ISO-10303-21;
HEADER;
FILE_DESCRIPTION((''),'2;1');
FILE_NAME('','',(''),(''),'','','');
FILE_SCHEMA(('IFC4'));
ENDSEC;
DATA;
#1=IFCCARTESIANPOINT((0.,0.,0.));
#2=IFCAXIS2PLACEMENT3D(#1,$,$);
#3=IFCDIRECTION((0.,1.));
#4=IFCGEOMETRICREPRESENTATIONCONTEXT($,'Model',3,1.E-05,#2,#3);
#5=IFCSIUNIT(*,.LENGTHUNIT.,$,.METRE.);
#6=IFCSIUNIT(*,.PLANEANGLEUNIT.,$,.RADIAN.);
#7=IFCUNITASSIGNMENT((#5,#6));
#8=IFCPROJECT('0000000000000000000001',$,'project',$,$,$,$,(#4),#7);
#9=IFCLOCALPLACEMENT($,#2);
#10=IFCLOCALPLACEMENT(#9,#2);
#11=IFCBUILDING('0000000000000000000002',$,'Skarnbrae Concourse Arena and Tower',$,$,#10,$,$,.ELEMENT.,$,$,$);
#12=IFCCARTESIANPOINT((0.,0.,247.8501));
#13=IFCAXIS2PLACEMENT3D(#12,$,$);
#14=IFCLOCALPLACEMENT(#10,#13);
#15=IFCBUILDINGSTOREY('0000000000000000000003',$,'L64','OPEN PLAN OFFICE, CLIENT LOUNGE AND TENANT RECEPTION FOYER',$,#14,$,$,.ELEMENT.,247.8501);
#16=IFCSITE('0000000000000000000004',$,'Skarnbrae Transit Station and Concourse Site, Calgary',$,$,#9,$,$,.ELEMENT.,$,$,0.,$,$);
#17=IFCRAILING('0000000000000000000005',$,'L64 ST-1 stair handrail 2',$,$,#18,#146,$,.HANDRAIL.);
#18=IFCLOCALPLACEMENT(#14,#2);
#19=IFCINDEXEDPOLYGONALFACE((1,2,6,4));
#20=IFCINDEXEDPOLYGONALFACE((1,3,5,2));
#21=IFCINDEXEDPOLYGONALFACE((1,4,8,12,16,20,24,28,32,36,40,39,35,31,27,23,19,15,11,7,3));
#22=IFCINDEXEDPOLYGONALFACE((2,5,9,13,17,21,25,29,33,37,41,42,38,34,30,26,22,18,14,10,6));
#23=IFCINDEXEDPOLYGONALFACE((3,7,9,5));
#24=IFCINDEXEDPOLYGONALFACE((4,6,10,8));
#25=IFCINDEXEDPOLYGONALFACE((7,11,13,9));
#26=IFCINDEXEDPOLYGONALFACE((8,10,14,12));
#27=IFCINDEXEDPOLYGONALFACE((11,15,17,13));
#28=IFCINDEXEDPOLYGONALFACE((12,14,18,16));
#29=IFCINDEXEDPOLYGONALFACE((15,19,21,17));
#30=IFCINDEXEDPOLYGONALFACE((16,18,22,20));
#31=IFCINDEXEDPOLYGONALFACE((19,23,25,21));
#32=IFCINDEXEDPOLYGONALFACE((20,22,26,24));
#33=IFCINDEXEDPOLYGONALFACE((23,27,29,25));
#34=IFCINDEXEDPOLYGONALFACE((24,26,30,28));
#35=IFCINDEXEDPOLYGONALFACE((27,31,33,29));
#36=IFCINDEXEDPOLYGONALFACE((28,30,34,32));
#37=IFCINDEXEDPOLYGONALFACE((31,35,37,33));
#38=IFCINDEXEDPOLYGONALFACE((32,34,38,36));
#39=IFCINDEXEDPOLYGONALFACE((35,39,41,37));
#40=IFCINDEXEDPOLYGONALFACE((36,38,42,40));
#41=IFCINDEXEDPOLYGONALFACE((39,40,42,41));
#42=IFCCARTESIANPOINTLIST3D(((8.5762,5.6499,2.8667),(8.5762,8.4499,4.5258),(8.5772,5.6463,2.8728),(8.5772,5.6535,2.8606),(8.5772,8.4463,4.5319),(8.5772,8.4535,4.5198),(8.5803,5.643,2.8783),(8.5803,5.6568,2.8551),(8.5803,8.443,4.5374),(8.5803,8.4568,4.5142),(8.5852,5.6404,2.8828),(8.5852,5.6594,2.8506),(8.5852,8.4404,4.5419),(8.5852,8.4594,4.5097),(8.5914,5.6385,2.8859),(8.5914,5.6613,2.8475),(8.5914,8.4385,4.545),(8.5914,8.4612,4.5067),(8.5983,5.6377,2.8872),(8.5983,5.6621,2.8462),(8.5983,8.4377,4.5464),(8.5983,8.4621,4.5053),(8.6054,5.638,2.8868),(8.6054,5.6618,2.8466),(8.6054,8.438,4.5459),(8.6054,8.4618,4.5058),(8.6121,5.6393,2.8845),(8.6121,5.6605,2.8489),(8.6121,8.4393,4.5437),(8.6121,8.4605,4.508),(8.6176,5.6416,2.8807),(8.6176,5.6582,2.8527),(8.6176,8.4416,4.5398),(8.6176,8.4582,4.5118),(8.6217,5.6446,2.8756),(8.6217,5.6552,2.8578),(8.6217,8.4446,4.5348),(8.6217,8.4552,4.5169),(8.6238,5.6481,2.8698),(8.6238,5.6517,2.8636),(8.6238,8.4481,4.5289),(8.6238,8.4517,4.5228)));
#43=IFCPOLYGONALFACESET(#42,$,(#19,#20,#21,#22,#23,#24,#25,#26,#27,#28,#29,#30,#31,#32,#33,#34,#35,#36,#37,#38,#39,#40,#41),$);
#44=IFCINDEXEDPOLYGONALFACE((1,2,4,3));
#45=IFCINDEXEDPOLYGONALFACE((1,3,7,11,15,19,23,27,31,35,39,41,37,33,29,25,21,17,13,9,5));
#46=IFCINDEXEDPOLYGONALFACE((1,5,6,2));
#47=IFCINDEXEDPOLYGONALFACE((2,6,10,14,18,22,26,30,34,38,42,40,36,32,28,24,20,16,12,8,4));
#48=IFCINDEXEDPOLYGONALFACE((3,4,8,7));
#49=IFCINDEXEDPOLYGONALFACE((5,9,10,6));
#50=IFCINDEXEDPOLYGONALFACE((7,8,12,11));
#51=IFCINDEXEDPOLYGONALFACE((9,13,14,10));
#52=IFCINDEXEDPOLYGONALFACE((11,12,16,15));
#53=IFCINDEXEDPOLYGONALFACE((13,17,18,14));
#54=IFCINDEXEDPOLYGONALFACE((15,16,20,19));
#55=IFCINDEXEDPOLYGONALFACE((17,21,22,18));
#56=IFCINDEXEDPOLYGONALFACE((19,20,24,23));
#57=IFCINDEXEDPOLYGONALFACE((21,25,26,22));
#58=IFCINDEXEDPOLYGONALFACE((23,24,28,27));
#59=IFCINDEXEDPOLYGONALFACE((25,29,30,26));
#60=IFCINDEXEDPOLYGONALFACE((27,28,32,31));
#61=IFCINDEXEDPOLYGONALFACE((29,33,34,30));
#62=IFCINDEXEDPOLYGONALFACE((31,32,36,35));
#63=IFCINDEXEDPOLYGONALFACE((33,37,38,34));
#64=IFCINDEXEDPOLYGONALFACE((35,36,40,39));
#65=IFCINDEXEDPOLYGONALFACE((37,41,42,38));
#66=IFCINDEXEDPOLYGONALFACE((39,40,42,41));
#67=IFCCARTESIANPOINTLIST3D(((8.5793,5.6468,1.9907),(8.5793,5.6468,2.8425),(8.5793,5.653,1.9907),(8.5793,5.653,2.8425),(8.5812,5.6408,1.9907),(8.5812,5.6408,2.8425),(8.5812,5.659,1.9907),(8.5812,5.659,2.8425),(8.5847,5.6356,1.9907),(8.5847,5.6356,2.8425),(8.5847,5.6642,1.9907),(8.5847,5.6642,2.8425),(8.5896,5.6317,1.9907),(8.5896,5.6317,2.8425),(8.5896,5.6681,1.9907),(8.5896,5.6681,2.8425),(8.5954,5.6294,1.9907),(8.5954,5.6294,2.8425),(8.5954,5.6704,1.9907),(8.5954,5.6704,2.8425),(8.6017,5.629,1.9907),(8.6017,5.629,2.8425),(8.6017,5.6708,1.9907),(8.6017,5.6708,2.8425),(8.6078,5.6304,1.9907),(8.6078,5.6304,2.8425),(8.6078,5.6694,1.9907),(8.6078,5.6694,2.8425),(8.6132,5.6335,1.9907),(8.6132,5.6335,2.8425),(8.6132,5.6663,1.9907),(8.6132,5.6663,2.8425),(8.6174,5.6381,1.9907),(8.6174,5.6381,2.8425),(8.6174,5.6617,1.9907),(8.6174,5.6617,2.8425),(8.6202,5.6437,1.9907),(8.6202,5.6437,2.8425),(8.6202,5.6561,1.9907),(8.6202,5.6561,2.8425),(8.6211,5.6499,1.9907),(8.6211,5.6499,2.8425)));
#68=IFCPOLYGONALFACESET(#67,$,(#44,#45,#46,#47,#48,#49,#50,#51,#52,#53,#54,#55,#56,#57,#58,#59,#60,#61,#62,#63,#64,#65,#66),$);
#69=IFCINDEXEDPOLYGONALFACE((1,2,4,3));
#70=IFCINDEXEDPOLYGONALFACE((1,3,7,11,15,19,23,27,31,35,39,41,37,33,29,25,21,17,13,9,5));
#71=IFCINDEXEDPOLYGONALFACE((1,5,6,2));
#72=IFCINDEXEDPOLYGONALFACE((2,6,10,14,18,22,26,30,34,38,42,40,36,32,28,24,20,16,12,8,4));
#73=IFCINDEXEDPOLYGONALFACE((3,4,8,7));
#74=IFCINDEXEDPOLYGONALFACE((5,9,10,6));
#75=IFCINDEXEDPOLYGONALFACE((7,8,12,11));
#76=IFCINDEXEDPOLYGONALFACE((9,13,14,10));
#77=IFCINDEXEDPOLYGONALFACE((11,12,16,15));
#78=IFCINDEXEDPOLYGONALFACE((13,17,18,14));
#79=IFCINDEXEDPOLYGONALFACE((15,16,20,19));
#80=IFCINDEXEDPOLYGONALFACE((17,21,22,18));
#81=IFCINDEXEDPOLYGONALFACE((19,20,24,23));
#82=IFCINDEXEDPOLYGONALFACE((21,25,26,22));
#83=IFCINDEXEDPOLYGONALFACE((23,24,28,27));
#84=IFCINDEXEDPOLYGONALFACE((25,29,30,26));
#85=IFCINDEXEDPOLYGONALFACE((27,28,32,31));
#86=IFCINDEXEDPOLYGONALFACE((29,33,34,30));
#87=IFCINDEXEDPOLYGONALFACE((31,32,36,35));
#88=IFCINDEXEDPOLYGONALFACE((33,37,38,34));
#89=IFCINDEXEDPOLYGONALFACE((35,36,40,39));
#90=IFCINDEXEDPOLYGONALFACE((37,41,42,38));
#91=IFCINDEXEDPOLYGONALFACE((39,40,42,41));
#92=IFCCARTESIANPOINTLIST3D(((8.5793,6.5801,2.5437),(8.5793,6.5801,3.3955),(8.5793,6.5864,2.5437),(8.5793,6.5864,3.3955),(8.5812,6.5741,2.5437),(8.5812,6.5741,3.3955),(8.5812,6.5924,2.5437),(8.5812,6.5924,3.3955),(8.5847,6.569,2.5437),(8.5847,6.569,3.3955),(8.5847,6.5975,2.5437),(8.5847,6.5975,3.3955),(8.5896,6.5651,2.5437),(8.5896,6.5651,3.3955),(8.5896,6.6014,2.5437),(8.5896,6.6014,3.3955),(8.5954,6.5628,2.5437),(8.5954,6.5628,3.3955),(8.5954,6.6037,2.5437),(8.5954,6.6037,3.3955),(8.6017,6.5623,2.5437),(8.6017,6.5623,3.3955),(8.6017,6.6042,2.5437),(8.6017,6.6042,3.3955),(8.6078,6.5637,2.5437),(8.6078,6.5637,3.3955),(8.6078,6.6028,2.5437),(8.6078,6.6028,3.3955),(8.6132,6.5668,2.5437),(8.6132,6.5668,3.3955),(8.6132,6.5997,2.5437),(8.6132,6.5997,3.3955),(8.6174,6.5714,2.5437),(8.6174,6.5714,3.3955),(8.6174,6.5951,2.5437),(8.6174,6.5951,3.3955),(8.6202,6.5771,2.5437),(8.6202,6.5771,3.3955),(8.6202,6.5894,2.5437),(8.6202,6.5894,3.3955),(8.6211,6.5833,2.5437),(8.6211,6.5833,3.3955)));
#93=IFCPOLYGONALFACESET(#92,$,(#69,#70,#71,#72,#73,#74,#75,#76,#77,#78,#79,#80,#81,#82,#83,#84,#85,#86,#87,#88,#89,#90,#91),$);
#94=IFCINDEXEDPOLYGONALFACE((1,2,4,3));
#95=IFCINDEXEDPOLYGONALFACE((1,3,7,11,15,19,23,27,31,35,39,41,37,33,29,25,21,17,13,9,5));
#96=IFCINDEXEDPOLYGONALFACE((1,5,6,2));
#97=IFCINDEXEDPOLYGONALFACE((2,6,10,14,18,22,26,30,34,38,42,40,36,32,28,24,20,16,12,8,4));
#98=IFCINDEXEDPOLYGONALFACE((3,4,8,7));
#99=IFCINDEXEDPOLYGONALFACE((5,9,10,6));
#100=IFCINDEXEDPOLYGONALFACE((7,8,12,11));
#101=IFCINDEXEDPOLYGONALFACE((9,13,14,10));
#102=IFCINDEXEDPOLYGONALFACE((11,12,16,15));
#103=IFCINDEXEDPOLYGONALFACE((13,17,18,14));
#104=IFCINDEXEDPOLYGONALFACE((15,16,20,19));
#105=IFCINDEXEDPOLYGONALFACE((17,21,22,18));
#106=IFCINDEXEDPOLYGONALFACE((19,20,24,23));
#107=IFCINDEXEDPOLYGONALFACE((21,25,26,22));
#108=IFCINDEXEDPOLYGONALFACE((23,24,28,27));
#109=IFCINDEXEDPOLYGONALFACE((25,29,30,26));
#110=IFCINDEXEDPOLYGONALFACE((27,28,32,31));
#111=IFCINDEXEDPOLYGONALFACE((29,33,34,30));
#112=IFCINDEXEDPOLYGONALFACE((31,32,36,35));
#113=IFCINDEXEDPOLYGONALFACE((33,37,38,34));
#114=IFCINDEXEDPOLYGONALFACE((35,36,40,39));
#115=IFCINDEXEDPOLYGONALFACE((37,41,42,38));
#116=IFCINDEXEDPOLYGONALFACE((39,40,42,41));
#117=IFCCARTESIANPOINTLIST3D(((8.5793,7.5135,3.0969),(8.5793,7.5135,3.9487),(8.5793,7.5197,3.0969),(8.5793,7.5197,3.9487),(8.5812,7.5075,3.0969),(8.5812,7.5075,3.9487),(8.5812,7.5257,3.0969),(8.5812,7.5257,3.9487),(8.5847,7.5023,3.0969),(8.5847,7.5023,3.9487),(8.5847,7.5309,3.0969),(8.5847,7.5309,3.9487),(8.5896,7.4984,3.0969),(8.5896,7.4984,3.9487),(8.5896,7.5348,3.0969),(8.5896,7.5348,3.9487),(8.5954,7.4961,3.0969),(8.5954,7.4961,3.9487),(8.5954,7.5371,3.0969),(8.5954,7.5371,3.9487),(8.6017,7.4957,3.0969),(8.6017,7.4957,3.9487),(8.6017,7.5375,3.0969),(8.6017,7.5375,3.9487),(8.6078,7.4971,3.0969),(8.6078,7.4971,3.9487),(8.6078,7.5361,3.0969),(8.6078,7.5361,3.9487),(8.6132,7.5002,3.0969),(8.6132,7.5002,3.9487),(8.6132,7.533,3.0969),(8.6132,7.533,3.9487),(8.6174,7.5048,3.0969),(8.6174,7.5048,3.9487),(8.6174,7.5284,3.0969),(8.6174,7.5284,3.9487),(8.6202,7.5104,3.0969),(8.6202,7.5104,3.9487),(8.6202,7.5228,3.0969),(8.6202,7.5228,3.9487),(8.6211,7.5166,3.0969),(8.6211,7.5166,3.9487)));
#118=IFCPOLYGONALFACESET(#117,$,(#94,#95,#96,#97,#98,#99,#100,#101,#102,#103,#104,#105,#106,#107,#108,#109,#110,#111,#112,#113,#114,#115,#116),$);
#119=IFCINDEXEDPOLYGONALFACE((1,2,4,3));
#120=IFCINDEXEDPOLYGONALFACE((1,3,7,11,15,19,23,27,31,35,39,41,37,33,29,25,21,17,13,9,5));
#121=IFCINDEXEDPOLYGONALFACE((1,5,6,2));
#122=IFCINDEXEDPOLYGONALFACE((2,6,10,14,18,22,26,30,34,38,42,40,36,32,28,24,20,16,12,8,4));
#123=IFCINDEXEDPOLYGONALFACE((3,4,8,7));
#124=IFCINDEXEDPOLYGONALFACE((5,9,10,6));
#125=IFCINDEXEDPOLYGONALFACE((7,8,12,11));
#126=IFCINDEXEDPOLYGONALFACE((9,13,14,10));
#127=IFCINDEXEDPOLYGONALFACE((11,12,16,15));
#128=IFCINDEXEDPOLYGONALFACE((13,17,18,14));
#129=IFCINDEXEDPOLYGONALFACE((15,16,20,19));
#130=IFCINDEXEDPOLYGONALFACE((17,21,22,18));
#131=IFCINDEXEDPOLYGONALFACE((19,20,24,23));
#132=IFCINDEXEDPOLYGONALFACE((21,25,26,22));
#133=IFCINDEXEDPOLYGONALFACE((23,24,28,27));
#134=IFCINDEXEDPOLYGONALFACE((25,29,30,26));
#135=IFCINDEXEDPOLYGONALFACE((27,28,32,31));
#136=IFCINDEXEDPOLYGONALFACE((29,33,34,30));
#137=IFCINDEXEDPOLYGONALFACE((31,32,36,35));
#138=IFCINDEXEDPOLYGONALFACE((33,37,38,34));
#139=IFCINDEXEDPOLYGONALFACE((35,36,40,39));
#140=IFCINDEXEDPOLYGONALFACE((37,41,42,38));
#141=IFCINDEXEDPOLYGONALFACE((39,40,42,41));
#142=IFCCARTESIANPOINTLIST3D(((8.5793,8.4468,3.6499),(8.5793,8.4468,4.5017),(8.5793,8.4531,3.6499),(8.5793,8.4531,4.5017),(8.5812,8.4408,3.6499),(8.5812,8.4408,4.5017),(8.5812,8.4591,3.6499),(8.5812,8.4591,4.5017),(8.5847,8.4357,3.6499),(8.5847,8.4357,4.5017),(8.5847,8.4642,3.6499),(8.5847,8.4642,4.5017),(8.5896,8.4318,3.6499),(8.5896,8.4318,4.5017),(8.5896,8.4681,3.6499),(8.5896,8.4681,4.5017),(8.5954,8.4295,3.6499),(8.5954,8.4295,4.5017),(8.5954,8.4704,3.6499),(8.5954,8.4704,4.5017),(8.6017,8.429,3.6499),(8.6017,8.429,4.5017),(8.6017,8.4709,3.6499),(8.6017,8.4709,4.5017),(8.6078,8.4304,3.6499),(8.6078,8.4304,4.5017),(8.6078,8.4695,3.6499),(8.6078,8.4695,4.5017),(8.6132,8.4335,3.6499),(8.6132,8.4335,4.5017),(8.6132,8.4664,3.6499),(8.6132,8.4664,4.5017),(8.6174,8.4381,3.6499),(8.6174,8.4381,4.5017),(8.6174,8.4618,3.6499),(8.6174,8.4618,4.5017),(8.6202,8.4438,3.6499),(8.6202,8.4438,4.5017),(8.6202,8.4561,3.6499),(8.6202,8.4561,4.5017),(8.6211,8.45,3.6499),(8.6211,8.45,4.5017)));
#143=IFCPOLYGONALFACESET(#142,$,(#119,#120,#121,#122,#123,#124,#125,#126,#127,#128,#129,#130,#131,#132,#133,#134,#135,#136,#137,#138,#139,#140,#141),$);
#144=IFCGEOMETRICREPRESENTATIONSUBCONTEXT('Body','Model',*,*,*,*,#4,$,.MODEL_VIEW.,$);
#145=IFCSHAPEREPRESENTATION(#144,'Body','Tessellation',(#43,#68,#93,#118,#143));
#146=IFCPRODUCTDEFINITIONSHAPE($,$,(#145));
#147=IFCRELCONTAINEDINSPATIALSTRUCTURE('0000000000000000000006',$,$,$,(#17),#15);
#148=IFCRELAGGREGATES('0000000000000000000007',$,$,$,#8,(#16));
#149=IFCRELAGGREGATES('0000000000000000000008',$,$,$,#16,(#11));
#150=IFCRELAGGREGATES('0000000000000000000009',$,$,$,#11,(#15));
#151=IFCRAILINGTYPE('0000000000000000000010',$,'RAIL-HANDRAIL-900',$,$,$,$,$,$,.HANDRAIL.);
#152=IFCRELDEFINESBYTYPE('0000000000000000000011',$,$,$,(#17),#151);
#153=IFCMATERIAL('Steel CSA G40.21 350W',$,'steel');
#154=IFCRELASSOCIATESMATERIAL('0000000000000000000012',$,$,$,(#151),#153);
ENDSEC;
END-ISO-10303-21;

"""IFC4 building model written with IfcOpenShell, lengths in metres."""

from ifc_helpers import new_model, si_unit, direction, frame, origin, origin_2d, place, context, subcontext, project, spatial, circle, extrude, material, type_object, element, save


model = new_model("IFC4")

# Units and contexts
model_context = context("Model", 3, precision=1e-05, world=origin(), true_north=direction((0.0, 1.0)))
body_context = subcontext(model_context, "Body", "Model", "MODEL_VIEW")
ifc_project = project(units=[si_unit("LENGTHUNIT", "METRE"), si_unit("PLANEANGLEUNIT", "RADIAN")], contexts=[model_context])

# Site, building, storey
site_placement = place(None, origin())
site = spatial("IfcSite", under=ifc_project, at=site_placement, Name="Skarnbrae Transit Station and Concourse Site, Calgary", CompositionType="ELEMENT", RefElevation=0.0)
building_placement = place(site_placement, origin())
building = spatial("IfcBuilding", under=site, at=building_placement, Name="Skarnbrae Concourse Arena and Tower", CompositionType="ELEMENT")
storey_placement = place(building_placement, frame((0.0, 0.0, 247.8501)))
storey = spatial("IfcBuildingStorey", under=building, at=storey_placement, Name="L64", Description="OPEN PLAN OFFICE, CLIENT LOUNGE AND TENANT RECEPTION FOYER", CompositionType="ELEMENT", Elevation=247.8501)

# Shared definitions
ifc_material_1 = material(Name="Steel CSA G40.21 350W", Category="steel")

# Railing
railing_type_1 = type_object("IfcRailingType", Name="RAIL-HANDRAIL-900", PredefinedType="HANDRAIL", material=ifc_material_1)
railing_1_placement = place(storey_placement, frame((8.6001, 5.6499, 1.9907)))
element("IfcRailing", 1, at=railing_1_placement, inside=storey, type_object=railing_type_1, Name="L64 ST-1 stair handrail 2", PredefinedType="HANDRAIL", context=body_context, shape_type="SweptSolid", body=[
    extrude(circle(Radius=0.0239, at=origin_2d()), frame((0.0, 0.0, 0.876), z_axis=(0.0, 0.860306, 0.509778), x_axis=(-1.0, 0.0, 0.0)), (0.0, 0.0, 1.0), 3.2546),
    extrude(circle(Radius=0.021, at=origin_2d()), origin(), (0.0, 0.0, 1.0), 0.8518),
    extrude(circle(Radius=0.021, at=origin_2d()), frame((0.0, 0.9333, 0.553)), (0.0, 0.0, 1.0), 0.8518),
    extrude(circle(Radius=0.021, at=origin_2d()), frame((0.0, 1.8667, 1.1062)), (0.0, 0.0, 1.0), 0.8518),
    extrude(circle(Radius=0.021, at=origin_2d()), frame((0.0, 2.8, 1.6592)), (0.0, 0.0, 1.0), 0.8518),
])

save(model, "model.ifc")
